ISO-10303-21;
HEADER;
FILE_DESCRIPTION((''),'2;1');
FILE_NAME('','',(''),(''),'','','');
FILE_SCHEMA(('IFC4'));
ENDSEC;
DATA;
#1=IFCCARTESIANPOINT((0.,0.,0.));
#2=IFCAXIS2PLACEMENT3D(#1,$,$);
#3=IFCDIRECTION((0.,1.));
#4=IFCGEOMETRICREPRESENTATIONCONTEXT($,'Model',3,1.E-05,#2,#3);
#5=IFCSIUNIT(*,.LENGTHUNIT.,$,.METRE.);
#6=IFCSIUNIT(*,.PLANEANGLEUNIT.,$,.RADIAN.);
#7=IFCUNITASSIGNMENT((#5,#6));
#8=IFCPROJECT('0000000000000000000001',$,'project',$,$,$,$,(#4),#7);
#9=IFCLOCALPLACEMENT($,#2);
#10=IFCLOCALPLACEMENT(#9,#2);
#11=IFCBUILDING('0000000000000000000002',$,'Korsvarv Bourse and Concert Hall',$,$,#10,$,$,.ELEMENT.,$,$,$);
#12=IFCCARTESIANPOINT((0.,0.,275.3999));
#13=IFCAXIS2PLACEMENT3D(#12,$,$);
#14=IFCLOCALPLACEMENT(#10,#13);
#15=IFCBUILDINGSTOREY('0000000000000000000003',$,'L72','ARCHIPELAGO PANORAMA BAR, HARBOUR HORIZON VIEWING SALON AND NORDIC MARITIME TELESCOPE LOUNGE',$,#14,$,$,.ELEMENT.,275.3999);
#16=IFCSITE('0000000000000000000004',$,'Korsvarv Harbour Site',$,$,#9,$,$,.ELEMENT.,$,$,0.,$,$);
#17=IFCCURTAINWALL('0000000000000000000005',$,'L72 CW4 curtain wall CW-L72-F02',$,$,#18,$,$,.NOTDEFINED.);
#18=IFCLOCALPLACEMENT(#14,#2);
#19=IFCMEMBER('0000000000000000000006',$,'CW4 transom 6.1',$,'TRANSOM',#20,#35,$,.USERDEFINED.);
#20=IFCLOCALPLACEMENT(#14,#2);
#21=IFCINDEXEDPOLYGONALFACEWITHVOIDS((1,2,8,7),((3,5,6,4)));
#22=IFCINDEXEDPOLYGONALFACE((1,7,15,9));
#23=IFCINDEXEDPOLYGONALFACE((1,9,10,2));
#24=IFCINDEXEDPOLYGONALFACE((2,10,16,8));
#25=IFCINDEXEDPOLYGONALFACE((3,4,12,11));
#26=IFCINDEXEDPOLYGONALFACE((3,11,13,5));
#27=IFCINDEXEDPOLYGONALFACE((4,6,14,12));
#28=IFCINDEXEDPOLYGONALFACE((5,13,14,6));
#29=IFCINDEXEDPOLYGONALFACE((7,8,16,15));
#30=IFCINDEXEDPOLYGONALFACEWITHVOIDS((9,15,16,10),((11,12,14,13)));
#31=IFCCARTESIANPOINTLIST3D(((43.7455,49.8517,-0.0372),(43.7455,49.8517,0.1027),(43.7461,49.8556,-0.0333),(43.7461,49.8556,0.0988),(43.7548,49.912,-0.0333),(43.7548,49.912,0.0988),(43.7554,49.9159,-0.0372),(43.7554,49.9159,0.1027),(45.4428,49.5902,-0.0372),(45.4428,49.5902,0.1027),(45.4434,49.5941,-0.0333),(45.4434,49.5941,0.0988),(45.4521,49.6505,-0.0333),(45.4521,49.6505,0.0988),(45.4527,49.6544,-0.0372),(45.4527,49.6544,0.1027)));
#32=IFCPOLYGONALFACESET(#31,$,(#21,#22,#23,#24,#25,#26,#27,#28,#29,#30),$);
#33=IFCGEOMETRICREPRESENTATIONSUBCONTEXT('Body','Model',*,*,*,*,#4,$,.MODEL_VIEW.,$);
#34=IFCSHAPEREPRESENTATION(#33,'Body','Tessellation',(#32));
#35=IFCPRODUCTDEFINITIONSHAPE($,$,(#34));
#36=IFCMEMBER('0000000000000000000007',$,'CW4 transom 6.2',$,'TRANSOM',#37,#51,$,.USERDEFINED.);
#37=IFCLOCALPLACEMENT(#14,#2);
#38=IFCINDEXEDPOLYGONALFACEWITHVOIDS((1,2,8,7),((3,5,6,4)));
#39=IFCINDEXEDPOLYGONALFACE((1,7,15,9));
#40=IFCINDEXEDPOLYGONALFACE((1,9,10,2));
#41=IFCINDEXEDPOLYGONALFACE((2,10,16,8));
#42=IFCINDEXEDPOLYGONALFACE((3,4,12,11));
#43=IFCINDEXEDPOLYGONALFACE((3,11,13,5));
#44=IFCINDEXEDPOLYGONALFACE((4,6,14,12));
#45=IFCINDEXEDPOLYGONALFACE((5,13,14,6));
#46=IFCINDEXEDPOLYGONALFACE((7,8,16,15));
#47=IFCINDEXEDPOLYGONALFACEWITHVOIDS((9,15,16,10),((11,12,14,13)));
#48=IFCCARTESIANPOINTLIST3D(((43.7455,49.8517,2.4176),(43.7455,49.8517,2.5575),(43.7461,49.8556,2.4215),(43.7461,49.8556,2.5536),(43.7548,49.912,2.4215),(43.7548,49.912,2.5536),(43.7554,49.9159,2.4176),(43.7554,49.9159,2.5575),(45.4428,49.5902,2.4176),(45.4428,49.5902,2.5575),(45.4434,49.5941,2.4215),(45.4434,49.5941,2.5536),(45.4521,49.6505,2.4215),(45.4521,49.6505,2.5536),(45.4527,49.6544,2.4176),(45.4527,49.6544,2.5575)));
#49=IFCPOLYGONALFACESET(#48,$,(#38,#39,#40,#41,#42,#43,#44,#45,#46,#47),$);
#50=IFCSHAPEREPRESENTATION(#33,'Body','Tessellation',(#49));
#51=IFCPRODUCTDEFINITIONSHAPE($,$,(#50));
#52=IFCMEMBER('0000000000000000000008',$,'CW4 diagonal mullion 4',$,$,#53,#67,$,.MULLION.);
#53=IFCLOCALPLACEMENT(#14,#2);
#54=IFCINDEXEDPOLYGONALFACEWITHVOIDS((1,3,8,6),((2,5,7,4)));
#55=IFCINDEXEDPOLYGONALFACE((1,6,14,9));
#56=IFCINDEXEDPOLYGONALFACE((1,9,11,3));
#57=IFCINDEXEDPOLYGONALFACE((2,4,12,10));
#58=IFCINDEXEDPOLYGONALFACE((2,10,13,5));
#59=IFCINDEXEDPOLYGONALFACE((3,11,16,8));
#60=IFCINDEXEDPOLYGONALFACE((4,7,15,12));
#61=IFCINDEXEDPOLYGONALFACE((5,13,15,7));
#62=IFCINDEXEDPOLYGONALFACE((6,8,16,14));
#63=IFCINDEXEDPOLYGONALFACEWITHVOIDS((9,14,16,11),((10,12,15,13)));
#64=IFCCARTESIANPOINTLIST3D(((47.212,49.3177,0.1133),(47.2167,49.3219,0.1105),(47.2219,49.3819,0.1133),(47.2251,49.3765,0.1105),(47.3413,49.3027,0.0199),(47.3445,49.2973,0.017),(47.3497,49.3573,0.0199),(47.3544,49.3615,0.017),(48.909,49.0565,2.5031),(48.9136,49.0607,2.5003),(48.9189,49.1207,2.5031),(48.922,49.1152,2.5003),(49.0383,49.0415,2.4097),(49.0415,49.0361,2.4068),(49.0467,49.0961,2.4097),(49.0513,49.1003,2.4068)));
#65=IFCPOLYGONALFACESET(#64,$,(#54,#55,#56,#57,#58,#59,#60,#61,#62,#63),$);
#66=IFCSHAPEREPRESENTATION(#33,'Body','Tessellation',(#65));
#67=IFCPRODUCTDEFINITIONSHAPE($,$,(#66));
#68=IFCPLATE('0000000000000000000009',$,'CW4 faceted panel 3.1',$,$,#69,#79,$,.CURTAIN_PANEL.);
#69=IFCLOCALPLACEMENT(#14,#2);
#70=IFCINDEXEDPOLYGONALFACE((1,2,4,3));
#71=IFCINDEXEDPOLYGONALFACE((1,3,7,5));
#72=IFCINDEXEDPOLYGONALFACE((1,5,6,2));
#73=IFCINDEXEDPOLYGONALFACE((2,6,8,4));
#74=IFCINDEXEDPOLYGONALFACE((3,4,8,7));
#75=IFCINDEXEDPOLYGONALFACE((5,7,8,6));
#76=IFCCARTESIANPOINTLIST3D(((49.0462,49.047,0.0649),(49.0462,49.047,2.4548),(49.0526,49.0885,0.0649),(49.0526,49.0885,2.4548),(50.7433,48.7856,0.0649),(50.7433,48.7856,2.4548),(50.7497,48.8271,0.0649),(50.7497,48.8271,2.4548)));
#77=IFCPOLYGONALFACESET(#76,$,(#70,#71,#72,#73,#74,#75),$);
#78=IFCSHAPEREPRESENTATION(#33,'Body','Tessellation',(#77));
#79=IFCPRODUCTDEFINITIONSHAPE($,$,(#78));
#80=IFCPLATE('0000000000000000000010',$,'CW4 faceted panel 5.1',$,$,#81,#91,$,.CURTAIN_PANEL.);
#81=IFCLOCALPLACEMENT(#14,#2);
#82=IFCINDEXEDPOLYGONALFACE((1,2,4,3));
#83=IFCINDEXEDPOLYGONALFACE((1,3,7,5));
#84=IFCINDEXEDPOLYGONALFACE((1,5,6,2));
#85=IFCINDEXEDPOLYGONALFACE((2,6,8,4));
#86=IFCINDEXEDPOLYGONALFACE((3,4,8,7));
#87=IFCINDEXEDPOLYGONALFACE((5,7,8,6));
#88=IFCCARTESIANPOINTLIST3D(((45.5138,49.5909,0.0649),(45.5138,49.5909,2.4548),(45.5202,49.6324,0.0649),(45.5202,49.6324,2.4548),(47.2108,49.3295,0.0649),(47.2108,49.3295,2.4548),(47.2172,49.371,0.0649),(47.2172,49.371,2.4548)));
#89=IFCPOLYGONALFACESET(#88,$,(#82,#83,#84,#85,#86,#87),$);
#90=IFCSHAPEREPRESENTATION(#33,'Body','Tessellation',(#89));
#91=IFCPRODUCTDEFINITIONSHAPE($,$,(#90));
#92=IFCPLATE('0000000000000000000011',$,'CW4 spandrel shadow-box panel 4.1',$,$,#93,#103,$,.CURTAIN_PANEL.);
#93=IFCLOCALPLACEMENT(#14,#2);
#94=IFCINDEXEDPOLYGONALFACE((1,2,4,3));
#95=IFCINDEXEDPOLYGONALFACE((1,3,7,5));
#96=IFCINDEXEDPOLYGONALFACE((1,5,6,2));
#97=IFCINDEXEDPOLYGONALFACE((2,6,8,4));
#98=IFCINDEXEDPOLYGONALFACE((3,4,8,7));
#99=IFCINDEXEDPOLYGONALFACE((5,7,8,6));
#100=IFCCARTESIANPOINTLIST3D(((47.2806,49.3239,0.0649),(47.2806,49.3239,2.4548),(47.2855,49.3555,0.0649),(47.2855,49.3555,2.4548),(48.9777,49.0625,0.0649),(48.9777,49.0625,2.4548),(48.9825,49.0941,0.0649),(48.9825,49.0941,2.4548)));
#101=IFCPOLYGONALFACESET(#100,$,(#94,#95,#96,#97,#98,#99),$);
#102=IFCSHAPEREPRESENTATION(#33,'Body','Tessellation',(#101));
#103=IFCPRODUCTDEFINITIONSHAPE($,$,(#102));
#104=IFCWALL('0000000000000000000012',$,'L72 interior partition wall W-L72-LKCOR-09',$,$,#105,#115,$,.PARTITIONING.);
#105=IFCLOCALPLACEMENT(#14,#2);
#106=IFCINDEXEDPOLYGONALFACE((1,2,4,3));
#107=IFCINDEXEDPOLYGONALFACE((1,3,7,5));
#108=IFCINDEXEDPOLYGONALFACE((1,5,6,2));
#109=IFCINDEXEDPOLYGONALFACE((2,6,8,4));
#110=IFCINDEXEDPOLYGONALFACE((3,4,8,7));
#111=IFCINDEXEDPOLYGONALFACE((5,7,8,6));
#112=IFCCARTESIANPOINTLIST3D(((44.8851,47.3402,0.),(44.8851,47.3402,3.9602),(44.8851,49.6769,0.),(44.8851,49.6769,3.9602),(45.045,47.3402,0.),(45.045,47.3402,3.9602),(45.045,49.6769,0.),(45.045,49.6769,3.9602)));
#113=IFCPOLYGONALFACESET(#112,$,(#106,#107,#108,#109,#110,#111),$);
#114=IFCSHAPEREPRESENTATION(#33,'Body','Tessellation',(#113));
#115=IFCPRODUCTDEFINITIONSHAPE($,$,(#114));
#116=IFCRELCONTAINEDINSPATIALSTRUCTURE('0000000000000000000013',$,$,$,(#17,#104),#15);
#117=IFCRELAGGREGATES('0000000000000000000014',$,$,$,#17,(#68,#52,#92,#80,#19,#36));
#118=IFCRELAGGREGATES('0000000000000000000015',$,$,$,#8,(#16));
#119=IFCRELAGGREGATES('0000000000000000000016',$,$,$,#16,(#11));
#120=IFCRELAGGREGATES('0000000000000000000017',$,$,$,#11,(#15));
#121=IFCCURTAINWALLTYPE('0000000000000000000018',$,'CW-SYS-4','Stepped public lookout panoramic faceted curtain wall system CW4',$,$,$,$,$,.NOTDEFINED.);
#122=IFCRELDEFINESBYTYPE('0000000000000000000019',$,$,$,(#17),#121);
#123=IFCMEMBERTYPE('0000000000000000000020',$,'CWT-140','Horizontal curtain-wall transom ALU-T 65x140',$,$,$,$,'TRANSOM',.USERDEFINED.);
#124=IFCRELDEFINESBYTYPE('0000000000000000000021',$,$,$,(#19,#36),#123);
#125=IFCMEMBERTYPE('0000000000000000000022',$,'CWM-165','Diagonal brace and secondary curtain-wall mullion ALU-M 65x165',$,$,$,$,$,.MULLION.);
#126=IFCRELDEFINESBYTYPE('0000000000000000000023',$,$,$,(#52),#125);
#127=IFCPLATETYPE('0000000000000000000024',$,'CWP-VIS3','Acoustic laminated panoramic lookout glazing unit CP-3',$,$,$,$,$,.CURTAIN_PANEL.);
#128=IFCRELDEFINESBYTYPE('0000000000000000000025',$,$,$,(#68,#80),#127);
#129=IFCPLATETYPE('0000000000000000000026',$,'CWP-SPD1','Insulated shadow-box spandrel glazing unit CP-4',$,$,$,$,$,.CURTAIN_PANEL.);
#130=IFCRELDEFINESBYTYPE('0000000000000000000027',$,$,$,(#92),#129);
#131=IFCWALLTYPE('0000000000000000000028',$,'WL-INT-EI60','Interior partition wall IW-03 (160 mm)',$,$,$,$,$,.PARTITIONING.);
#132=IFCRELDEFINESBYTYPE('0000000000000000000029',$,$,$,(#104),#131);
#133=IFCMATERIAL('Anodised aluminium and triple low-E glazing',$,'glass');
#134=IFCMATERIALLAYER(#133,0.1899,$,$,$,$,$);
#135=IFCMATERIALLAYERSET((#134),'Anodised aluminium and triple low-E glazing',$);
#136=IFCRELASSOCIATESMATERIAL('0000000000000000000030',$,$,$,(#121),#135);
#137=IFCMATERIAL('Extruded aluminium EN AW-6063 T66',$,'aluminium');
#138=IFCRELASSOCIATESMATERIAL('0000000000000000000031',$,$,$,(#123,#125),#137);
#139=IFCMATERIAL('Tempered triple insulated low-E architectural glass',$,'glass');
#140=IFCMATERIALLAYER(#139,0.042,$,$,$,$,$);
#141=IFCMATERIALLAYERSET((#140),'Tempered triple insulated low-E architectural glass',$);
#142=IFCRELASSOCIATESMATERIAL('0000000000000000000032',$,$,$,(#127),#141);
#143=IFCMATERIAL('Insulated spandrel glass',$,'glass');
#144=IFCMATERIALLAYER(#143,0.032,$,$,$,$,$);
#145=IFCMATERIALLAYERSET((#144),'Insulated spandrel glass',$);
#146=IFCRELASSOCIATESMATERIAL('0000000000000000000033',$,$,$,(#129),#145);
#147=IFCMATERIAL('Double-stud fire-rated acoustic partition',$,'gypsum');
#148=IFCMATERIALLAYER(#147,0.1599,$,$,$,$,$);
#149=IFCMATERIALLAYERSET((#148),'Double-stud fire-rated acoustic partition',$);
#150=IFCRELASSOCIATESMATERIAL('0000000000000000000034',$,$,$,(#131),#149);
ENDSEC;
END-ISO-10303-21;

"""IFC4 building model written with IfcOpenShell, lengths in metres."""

from ifc_helpers import new_model, si_unit, direction, frame, frame_2d, origin, origin_2d, place, context, subcontext, project, spatial, rectangle, hollow_rectangle, extrude, source, transform, mapped, material, layer, layer_set, material_profile, profile_set, type_object, element, aggregate, save


model = new_model("IFC4")

# Units and contexts
model_context = context("Model", 3, precision=1e-05, world=origin(), true_north=direction((0.0, 1.0)))
body_context = subcontext(model_context, "Body", "Model", "MODEL_VIEW")
ifc_project = project(units=[si_unit("LENGTHUNIT", "METRE"), si_unit("PLANEANGLEUNIT", "RADIAN")], contexts=[model_context])

# Site, building, storey
site_placement = place(None, origin())
site = spatial("IfcSite", under=ifc_project, at=site_placement, Name="Korsvarv Harbour Site", CompositionType="ELEMENT", RefElevation=0.0)
building_placement = place(site_placement, origin())
building = spatial("IfcBuilding", under=site, at=building_placement, Name="Korsvarv Bourse and Concert Hall", CompositionType="ELEMENT")
storey_placement = place(building_placement, frame((0.0, 0.0, 275.3999)))
storey = spatial("IfcBuildingStorey", under=building, at=storey_placement, Name="L72", Description="ARCHIPELAGO PANORAMA BAR, HARBOUR HORIZON VIEWING SALON AND NORDIC MARITIME TELESCOPE LOUNGE", CompositionType="ELEMENT", Elevation=275.3999)

# Curtain wall, members, plates
ifc_material_1 = material(Name="Anodised aluminium and triple low-E glazing", Category="glass")
ifc_layer_1 = layer(ifc_material_1, 0.1899)
ifc_layer_set_1 = layer_set([ifc_layer_1], Name="Anodised aluminium and triple low-E glazing")
curtain_wall_type = type_object("IfcCurtainWallType", Name="CW-SYS-4", Description="Stepped public lookout panoramic faceted curtain wall system CW4", PredefinedType="NOTDEFINED", material=ifc_layer_set_1)
curtain_wall_placement = place(storey_placement, origin())
curtain_wall = element("IfcCurtainWall", 1, at=curtain_wall_placement, inside=storey, type_object=curtain_wall_type, Name="L72 CW4 curtain wall CW-L72-F02", PredefinedType="NOTDEFINED")
ifc_material_2 = material(Name="Extruded aluminium EN AW-6063 T66", Category="aluminium")
ifc_material_profile_1 = material_profile(ifc_material_2, hollow_rectangle(XDim=0.0649, YDim=0.1399, WallThickness=0.0039, at=origin_2d()), Name="ALU-T 65x140")
ifc_profile_set_1 = profile_set([ifc_material_profile_1], Name="Extruded aluminium EN AW-6063 T66")
member_type_1 = type_object("IfcMemberType", Name="CWT-140", Description="Horizontal curtain-wall transom ALU-T 65x140", ElementType="TRANSOM", PredefinedType="USERDEFINED", material=ifc_profile_set_1)
shared_shape_1 = source(origin(), body_context, "Body", "SweptSolid", [
    extrude(hollow_rectangle(XDim=0.0649, YDim=0.1399, WallThickness=0.0039, at=origin_2d()), origin(), (0.0, 0.0, 1.0), 1.7173),
])
member_1_placement = place(storey_placement, frame((45.4478, 49.6223, 0.0327), z_axis=(-0.98834, 0.15226, 0.0), x_axis=(-0.15226, -0.98834, 0.0)))
member_1 = element("IfcMember", 2, at=member_1_placement, type_object=member_type_1, Name="CW4 transom 6.1", ObjectType="TRANSOM", PredefinedType="USERDEFINED", context=body_context, shape_type="MappedRepresentation", body=[
    mapped(shared_shape_1, transform((0.0, 0.0, 0.0), scale=1.0)),
])
member_2_placement = place(storey_placement, frame((45.4478, 49.6223, 2.4875), z_axis=(-0.98834, 0.15226, 0.0), x_axis=(-0.15226, -0.98834, 0.0)))
member_2 = element("IfcMember", 3, at=member_2_placement, type_object=member_type_1, Name="CW4 transom 6.2", ObjectType="TRANSOM", PredefinedType="USERDEFINED", context=body_context, shape_type="MappedRepresentation", body=[
    mapped(shared_shape_1, transform((0.0, 0.0, 0.0), scale=1.0)),
])
ifc_material_profile_2 = material_profile(ifc_material_2, hollow_rectangle(XDim=0.0649, YDim=0.165, WallThickness=0.0049, at=origin_2d()), Name="ALU-M 65x165")
ifc_profile_set_2 = profile_set([ifc_material_profile_2], Name="Extruded aluminium EN AW-6063 T66")
member_type_2 = type_object("IfcMemberType", Name="CWM-165", Description="Diagonal brace and secondary curtain-wall mullion ALU-M 65x165", PredefinedType="MULLION", material=ifc_profile_set_2)
shared_shape_2 = source(origin(), body_context, "Body", "SweptSolid", [
    extrude(hollow_rectangle(XDim=0.0649, YDim=0.165, WallThickness=0.0049, at=origin_2d()), origin(), (0.0, 0.0, 1.0), 2.9426),
])
member_3_placement = place(storey_placement, frame((47.2832, 49.3396, 0.0652), z_axis=(0.576681, -0.088771, 0.812132), x_axis=(0.152143, 0.988359, 0.0)))
member_3 = element("IfcMember", 4, at=member_3_placement, type_object=member_type_2, Name="CW4 diagonal mullion 4", PredefinedType="MULLION", context=body_context, shape_type="MappedRepresentation", body=[
    mapped(shared_shape_2, transform((0.0, 0.0, 0.0), scale=1.0)),
])
ifc_material_3 = material(Name="Tempered triple insulated low-E architectural glass", Category="glass")
ifc_layer_2 = layer(ifc_material_3, 0.042)
ifc_layer_set_2 = layer_set([ifc_layer_2], Name="Tempered triple insulated low-E architectural glass")
plate_type_1 = type_object("IfcPlateType", Name="CWP-VIS3", Description="Acoustic laminated panoramic lookout glazing unit CP-3", PredefinedType="CURTAIN_PANEL", material=ifc_layer_set_2)
shared_shape_3 = source(origin(), body_context, "Body", "SweptSolid", [
    extrude(rectangle(XDim=1.717, YDim=0.042, at=origin_2d()), origin(), (0.0, 0.0, 1.0), 2.3899),
])
plate_1_placement = place(storey_placement, frame((49.8979, 48.937, 0.0649), z_axis=(0.0, 0.0, 1.0), x_axis=(-0.988345, 0.152234, 0.0)))
plate_1 = element("IfcPlate", 5, at=plate_1_placement, type_object=plate_type_1, Name="CW4 faceted panel 3.1", PredefinedType="CURTAIN_PANEL", context=body_context, shape_type="MappedRepresentation", body=[
    mapped(shared_shape_3, transform((0.0, 0.0, 0.0), scale=1.0)),
])
plate_2_placement = place(storey_placement, frame((46.3655, 49.481, 0.0649), z_axis=(0.0, 0.0, 1.0), x_axis=(-0.988345, 0.152234, 0.0)))
plate_2 = element("IfcPlate", 6, at=plate_2_placement, type_object=plate_type_1, Name="CW4 faceted panel 5.1", PredefinedType="CURTAIN_PANEL", context=body_context, shape_type="MappedRepresentation", body=[
    mapped(shared_shape_3, transform((0.0, 0.0, 0.0), scale=1.0)),
])
ifc_material_4 = material(Name="Insulated spandrel glass", Category="glass")
ifc_layer_3 = layer(ifc_material_4, 0.032)
ifc_layer_set_3 = layer_set([ifc_layer_3], Name="Insulated spandrel glass")
plate_type_2 = type_object("IfcPlateType", Name="CWP-SPD1", Description="Insulated shadow-box spandrel glazing unit CP-4", PredefinedType="CURTAIN_PANEL", material=ifc_layer_set_3)
shared_shape_4 = source(origin(), body_context, "Body", "SweptSolid", [
    extrude(rectangle(XDim=1.717, YDim=0.032, at=origin_2d()), origin(), (0.0, 0.0, 1.0), 2.3899),
])
plate_3_placement = place(storey_placement, frame((48.1316, 49.209, 0.0649), z_axis=(0.0, 0.0, 1.0), x_axis=(-0.988345, 0.152234, 0.0)))
plate_3 = element("IfcPlate", 7, at=plate_3_placement, type_object=plate_type_2, Name="CW4 spandrel shadow-box panel 4.1", PredefinedType="CURTAIN_PANEL", context=body_context, shape_type="MappedRepresentation", body=[
    mapped(shared_shape_4, transform((0.0, 0.0, 0.0), scale=1.0)),
])
aggregate(curtain_wall, [plate_1, member_3, plate_3, plate_2, member_1, member_2])

# Wall
ifc_material_5 = material(Name="Double-stud fire-rated acoustic partition", Category="gypsum")
ifc_layer_4 = layer(ifc_material_5, 0.1599)
ifc_layer_set_4 = layer_set([ifc_layer_4], Name="Double-stud fire-rated acoustic partition")
wall_type = type_object("IfcWallType", Name="WL-INT-EI60", Description="Interior partition wall IW-03 (160 mm)", PredefinedType="PARTITIONING", material=ifc_layer_set_4)
wall_placement = place(storey_placement, frame((44.9651, 47.3401, 0.0), z_axis=(0.0, 0.0, 1.0), x_axis=(0.0, 1.0, 0.0)))
element("IfcWall", 8, at=wall_placement, inside=storey, type_object=wall_type, Name="L72 interior partition wall W-L72-LKCOR-09", PredefinedType="PARTITIONING", context=body_context, shape_type="SweptSolid", body=[
    extrude(rectangle(XDim=2.3367, YDim=0.1599, at=frame_2d((1.1685, 0.0))), origin(), (0.0, 0.0, 1.0), 3.9602),
])

save(model, "model.ifc")
